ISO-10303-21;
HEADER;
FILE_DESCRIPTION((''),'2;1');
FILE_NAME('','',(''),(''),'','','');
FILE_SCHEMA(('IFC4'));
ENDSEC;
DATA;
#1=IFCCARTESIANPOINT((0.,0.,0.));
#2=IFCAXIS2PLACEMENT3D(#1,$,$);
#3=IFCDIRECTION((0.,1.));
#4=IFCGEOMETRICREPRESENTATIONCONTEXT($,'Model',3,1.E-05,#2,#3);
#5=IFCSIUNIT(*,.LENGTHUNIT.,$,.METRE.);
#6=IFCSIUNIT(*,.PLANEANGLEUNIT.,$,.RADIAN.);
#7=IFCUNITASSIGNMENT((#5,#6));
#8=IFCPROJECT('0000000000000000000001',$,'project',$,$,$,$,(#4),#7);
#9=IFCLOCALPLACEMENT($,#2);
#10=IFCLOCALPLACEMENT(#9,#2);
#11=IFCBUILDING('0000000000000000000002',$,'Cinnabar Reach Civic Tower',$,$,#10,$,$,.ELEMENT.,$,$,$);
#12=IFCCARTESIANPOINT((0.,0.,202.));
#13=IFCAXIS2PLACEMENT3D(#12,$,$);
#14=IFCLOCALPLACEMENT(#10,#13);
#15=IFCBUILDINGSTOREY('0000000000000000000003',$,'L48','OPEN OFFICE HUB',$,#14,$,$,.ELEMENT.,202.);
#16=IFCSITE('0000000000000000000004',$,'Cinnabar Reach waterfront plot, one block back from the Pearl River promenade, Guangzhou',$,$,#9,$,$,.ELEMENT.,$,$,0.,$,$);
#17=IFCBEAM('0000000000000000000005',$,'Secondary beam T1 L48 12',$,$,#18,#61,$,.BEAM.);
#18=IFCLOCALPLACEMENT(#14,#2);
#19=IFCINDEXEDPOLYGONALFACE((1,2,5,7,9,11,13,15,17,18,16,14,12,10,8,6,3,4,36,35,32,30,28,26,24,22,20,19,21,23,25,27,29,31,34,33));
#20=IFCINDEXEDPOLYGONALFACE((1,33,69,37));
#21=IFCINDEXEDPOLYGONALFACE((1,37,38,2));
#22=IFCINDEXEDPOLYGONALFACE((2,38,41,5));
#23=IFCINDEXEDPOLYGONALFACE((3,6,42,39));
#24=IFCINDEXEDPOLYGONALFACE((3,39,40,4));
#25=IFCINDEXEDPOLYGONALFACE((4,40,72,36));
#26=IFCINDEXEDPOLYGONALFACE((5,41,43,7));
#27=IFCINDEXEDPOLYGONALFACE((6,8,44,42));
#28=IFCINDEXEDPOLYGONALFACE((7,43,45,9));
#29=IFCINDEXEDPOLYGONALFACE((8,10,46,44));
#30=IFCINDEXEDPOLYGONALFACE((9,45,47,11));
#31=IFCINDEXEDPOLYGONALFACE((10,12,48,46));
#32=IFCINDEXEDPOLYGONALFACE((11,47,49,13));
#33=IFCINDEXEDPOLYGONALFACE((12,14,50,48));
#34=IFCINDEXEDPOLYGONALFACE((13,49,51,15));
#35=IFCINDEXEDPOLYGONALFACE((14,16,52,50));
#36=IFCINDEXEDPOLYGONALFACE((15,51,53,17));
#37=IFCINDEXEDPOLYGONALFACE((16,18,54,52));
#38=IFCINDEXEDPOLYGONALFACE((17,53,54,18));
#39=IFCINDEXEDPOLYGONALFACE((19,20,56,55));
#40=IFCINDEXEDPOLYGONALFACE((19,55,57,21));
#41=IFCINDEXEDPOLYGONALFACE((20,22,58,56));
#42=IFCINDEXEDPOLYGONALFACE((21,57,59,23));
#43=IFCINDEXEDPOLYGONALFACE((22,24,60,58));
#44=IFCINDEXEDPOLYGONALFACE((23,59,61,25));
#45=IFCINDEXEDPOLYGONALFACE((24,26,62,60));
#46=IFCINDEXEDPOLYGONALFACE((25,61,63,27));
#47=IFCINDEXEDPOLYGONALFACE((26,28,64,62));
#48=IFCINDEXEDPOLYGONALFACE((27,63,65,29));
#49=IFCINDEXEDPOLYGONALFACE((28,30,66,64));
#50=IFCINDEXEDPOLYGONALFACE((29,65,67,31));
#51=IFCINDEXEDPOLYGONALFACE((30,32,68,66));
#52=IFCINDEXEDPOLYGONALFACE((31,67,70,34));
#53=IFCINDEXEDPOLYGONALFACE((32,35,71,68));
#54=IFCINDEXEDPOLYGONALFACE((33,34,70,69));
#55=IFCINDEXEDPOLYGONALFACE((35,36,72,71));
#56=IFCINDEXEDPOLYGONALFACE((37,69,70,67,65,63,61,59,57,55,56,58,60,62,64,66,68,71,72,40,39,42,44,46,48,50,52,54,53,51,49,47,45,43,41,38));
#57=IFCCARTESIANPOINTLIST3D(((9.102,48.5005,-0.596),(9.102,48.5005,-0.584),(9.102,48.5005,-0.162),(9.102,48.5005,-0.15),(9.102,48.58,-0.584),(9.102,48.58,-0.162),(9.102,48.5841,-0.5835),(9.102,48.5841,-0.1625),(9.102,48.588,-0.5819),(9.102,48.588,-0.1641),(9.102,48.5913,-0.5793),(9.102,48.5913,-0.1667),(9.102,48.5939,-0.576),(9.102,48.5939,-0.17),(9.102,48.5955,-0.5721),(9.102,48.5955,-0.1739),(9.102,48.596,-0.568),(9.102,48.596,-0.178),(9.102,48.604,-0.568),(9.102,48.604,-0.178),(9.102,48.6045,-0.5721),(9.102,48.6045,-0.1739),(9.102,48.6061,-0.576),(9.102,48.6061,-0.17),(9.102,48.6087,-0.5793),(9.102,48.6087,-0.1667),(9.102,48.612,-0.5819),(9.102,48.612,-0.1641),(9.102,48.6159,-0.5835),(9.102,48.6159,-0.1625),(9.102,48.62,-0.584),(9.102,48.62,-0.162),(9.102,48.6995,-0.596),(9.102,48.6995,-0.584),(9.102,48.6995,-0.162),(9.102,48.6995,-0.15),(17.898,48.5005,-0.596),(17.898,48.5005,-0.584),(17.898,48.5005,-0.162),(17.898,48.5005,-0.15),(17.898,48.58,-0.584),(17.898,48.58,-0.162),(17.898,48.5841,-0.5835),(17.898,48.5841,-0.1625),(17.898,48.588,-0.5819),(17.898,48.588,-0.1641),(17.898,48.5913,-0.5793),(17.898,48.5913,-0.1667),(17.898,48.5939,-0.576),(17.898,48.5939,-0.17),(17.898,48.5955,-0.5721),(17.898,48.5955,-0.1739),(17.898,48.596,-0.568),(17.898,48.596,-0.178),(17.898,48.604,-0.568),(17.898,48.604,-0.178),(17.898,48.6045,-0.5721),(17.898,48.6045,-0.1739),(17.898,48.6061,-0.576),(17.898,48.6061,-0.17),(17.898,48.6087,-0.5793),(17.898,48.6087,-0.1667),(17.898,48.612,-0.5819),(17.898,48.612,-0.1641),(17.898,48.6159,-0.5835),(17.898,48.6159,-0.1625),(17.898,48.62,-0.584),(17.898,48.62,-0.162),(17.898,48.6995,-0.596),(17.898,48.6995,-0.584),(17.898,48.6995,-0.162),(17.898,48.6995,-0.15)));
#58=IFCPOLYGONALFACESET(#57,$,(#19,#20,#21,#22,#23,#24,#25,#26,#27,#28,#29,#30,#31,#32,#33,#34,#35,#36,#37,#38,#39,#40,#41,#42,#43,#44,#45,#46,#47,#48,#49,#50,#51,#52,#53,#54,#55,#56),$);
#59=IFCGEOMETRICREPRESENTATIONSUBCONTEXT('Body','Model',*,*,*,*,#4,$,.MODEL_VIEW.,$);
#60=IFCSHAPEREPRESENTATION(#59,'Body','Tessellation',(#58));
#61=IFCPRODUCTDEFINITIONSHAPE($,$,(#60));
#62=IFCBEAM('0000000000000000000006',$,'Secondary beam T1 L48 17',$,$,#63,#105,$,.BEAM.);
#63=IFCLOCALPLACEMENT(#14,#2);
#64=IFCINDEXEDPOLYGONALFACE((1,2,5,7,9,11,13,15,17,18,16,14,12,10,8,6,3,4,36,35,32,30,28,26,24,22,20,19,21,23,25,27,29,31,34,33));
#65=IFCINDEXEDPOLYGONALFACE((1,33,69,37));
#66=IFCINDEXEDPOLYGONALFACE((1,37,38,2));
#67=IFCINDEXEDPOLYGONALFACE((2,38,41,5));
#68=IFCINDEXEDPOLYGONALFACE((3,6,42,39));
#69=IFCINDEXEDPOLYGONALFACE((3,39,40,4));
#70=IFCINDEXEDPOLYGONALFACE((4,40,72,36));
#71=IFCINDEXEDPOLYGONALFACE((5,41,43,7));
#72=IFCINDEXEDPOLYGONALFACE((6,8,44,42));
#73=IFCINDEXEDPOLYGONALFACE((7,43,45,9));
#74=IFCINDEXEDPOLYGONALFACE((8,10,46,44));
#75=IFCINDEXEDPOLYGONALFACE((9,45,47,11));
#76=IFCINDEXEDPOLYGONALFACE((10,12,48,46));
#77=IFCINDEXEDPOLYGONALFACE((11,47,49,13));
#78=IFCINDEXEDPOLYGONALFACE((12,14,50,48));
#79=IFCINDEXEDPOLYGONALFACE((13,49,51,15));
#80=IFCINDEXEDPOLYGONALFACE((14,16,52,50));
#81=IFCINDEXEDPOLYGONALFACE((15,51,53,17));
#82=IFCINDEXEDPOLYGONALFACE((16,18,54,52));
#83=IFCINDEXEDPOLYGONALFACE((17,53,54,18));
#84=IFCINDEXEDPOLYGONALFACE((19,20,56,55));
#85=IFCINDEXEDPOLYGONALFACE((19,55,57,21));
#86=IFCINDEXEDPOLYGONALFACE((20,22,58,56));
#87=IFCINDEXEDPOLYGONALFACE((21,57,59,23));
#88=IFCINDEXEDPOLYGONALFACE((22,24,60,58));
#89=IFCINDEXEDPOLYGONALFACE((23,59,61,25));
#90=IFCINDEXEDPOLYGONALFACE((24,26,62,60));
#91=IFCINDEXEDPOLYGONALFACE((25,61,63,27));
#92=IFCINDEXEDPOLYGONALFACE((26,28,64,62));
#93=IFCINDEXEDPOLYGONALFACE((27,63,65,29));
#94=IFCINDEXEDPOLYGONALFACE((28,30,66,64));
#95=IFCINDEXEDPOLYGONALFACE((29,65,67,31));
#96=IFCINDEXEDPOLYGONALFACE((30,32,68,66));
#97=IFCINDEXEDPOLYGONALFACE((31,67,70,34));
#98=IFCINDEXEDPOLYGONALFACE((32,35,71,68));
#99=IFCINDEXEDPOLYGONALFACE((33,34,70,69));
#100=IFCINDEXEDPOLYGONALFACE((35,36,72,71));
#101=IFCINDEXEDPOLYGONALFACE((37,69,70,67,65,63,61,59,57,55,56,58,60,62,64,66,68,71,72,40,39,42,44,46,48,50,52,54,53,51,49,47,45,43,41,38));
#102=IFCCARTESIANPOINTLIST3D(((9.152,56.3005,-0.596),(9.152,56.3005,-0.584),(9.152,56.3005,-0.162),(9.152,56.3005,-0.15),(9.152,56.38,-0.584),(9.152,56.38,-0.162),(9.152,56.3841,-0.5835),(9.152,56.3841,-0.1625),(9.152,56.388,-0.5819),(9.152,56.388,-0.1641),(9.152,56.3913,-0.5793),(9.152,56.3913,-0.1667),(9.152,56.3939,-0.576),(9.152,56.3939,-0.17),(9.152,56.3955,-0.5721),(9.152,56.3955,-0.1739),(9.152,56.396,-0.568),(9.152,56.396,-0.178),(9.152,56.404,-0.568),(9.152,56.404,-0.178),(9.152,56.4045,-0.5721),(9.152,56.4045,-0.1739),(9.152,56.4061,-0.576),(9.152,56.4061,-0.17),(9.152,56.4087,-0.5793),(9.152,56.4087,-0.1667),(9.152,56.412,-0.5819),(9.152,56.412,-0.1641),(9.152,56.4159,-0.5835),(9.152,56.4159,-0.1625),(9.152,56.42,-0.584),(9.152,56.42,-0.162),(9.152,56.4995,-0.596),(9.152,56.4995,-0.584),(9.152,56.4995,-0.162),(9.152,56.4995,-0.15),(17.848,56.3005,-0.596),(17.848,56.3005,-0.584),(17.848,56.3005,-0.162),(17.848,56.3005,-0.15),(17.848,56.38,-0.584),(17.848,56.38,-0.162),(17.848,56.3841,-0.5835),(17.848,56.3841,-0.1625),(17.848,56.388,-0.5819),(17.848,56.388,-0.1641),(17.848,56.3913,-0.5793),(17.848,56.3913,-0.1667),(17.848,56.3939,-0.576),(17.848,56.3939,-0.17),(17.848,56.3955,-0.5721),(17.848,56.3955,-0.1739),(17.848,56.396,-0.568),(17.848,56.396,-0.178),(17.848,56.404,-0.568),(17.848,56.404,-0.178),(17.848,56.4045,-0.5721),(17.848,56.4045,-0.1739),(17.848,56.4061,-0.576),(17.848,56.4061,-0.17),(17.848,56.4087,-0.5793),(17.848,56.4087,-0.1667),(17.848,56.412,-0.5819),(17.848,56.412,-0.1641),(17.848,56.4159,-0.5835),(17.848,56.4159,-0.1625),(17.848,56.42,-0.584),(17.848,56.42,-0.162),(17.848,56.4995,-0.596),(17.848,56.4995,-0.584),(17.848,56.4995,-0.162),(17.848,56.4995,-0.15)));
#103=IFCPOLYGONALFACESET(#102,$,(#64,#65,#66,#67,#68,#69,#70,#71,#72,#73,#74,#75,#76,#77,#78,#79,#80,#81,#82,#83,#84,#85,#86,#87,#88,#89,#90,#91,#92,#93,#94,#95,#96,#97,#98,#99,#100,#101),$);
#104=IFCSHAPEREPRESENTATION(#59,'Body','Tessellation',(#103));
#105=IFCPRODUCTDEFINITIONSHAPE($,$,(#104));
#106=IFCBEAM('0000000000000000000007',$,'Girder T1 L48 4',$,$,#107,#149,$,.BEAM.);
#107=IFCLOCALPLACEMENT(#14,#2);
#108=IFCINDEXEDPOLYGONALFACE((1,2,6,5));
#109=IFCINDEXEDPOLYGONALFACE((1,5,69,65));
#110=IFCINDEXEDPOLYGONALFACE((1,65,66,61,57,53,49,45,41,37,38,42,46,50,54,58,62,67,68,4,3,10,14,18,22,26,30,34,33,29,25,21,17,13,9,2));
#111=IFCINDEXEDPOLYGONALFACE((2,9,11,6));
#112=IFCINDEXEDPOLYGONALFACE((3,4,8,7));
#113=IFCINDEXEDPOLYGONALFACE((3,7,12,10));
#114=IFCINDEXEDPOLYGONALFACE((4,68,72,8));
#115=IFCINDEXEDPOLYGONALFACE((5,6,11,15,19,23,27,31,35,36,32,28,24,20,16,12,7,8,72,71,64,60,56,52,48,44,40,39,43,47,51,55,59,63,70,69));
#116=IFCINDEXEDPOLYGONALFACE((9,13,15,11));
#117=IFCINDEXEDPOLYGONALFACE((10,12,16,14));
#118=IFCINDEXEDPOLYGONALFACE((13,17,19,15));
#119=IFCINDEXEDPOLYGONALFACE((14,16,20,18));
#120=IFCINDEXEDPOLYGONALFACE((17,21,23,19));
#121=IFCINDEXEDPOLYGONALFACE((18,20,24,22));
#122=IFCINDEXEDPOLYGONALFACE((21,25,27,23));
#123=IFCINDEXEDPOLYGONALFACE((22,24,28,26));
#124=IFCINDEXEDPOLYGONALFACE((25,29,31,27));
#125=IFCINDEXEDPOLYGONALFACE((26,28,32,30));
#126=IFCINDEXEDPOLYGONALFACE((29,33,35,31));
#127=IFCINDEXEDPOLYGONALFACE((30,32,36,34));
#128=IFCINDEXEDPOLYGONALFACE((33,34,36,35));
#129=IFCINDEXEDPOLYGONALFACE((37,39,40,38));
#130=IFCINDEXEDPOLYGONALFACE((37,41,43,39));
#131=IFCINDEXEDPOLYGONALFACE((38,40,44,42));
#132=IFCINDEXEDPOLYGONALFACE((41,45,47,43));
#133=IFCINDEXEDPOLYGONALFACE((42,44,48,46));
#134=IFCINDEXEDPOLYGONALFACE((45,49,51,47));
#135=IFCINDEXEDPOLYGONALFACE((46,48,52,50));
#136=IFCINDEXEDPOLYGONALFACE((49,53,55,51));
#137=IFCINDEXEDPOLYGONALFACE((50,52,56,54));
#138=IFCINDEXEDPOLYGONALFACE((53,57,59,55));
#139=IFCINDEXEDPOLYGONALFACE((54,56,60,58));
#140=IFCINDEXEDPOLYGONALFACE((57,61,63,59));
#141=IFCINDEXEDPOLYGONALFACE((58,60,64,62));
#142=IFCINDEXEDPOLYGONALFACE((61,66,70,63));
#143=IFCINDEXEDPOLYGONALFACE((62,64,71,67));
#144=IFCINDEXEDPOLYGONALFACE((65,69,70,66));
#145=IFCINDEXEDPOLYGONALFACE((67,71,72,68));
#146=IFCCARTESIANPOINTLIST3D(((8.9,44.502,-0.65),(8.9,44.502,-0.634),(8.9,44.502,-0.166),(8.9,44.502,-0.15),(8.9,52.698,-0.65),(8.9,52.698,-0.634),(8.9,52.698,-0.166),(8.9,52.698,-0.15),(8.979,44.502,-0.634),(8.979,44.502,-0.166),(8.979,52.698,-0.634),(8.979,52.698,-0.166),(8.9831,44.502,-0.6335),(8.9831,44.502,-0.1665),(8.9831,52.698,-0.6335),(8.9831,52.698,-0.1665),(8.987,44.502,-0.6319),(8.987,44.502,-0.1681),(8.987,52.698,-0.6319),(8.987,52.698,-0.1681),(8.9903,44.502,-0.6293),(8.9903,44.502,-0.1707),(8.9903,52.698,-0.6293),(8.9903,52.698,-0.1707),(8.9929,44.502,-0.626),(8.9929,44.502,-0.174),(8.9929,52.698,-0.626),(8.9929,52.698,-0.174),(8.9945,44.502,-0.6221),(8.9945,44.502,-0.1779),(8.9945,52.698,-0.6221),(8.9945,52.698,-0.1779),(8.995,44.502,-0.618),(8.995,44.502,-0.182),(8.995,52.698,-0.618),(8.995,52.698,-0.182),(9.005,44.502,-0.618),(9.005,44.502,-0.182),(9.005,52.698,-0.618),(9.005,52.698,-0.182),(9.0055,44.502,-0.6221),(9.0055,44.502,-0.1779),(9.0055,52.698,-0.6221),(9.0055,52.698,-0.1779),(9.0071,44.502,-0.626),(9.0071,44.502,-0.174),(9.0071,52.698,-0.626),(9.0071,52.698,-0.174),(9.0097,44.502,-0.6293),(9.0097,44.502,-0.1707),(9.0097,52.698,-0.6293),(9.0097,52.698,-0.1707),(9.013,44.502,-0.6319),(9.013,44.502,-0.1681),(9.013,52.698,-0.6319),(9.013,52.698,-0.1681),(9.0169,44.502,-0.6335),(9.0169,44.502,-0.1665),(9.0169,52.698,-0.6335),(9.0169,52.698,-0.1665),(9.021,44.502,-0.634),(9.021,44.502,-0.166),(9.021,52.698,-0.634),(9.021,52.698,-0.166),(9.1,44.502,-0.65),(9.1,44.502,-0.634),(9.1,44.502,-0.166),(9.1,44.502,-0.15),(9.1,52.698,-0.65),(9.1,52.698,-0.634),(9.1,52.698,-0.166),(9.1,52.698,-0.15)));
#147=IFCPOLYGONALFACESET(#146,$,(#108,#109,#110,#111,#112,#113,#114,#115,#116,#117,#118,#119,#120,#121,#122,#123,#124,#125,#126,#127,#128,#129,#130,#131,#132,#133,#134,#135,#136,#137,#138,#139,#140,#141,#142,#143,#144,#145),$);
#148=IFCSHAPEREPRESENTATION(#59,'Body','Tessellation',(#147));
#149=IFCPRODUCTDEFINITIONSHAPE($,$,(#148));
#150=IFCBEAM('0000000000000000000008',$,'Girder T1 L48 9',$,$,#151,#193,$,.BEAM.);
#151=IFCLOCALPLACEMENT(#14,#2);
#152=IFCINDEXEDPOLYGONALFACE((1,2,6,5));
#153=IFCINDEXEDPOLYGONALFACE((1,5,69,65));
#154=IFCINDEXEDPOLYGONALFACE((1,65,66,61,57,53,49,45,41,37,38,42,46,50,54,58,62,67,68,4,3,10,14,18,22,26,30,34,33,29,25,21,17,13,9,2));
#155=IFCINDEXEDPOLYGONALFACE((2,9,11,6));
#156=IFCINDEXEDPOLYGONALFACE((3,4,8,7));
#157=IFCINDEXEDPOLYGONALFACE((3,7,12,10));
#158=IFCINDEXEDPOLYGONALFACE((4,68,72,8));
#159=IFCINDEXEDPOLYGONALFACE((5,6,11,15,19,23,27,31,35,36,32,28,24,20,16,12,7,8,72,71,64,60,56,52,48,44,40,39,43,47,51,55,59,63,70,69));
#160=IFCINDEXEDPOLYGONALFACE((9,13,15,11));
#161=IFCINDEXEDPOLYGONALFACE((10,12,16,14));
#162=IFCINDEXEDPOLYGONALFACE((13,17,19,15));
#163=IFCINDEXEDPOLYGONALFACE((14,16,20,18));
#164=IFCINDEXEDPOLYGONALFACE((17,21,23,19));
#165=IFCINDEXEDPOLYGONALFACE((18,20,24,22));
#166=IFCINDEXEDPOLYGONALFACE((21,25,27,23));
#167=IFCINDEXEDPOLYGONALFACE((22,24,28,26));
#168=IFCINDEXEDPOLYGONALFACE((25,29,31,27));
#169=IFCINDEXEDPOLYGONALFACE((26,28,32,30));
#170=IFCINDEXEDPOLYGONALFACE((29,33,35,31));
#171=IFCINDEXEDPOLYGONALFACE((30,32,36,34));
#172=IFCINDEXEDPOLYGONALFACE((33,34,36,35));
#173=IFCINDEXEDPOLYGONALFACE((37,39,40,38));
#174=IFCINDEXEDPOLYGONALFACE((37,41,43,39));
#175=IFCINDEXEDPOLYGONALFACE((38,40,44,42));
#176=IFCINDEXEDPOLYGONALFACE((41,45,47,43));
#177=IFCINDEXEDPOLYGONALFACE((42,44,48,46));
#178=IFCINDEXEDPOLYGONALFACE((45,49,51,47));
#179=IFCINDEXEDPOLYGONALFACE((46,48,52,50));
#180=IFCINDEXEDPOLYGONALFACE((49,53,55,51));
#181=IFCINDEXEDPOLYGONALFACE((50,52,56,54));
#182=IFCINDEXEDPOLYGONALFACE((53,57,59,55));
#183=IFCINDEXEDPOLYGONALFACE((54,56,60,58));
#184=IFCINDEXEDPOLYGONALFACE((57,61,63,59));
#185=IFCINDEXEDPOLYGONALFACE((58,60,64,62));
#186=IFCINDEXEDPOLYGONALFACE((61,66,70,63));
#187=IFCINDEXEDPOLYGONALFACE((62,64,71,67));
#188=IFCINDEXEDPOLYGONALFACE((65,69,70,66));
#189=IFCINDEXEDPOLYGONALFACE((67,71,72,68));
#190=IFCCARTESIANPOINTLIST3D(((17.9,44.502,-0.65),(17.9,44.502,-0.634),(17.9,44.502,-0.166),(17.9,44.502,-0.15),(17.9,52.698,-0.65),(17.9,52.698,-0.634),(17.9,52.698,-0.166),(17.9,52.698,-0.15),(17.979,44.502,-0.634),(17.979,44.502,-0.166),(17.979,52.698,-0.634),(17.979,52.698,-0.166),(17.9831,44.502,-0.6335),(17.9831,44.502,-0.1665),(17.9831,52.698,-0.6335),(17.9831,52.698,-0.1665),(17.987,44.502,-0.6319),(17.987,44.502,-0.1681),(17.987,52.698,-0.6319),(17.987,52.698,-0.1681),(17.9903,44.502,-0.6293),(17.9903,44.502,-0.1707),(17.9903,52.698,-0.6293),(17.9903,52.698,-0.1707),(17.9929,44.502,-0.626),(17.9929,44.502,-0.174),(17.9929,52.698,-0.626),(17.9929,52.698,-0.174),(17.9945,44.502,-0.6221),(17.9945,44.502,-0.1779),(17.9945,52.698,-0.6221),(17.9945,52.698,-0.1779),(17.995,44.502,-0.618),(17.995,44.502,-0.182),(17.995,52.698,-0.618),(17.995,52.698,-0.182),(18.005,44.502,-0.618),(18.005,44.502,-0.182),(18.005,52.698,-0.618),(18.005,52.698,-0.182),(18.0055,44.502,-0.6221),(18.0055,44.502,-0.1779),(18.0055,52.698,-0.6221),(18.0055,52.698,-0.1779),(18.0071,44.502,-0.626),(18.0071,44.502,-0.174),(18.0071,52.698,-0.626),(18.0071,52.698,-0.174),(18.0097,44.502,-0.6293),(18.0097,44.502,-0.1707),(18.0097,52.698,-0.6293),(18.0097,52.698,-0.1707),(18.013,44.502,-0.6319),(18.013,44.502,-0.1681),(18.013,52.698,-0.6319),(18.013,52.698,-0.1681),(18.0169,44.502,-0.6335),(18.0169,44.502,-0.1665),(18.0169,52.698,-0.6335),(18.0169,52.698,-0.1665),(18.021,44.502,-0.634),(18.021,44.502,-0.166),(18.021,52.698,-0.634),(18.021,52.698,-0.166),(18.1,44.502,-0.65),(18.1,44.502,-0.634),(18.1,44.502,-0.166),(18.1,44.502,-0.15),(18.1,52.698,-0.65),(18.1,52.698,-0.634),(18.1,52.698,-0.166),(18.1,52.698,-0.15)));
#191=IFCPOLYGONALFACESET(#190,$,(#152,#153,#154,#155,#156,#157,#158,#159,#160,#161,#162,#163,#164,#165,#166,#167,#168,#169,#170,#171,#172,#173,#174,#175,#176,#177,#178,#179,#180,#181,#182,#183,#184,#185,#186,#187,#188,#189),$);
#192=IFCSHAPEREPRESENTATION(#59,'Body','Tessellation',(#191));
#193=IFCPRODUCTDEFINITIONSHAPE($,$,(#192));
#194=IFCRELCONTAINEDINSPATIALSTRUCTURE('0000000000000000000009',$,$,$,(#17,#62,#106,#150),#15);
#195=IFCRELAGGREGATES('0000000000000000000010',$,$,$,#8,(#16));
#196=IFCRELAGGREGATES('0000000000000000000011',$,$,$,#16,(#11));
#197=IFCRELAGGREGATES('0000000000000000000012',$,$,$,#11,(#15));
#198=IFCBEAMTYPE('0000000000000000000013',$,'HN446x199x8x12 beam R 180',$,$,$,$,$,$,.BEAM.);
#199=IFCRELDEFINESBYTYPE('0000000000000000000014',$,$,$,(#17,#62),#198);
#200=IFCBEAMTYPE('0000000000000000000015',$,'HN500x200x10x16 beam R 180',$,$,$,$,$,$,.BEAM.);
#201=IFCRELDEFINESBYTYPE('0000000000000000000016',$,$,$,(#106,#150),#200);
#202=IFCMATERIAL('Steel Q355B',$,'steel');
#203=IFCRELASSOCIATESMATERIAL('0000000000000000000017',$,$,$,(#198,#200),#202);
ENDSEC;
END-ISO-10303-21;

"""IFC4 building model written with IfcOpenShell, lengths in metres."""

from ifc_helpers import new_model, si_unit, direction, frame, origin, origin_2d, place, context, subcontext, project, spatial, i_section, extrude, material, material_profile, profile_set, type_object, element, save


model = new_model("IFC4")

# Units and contexts
model_context = context("Model", 3, precision=1e-05, world=origin(), true_north=direction((0.0, 1.0)))
body_context = subcontext(model_context, "Body", "Model", "MODEL_VIEW")
ifc_project = project(units=[si_unit("LENGTHUNIT", "METRE"), si_unit("PLANEANGLEUNIT", "RADIAN")], contexts=[model_context])

# Site, building, storey
site_placement = place(None, origin())
site = spatial("IfcSite", under=ifc_project, at=site_placement, Name="Cinnabar Reach waterfront plot, one block back from the Pearl River promenade, Guangzhou", CompositionType="ELEMENT", RefElevation=0.0)
building_placement = place(site_placement, origin())
building = spatial("IfcBuilding", under=site, at=building_placement, Name="Cinnabar Reach Civic Tower", CompositionType="ELEMENT")
storey_placement = place(building_placement, frame((0.0, 0.0, 202.0)))
storey = spatial("IfcBuildingStorey", under=building, at=storey_placement, Name="L48", Description="OPEN OFFICE HUB", CompositionType="ELEMENT", Elevation=202.0)

# Beams
ifc_material_1 = material(Name="Steel Q355B", Category="steel")
ifc_material_profile_1 = material_profile(ifc_material_1, i_section(OverallWidth=0.199, OverallDepth=0.446, WebThickness=0.008, FlangeThickness=0.012, FilletRadius=0.016, at=origin_2d()), Name="HN446x199x8x12")
ifc_profile_set_1 = profile_set([ifc_material_profile_1], Name="Steel Q355B")
beam_type_1 = type_object("IfcBeamType", Name="HN446x199x8x12 beam R 180", PredefinedType="BEAM", material=ifc_profile_set_1)
beam_1_placement = place(storey_placement, frame((9.102, 48.6, -0.373), z_axis=(1.0, 0.0, 0.0), x_axis=(0.0, 1.0, 0.0)))
element("IfcBeam", 1, at=beam_1_placement, inside=storey, type_object=beam_type_1, Name="Secondary beam T1 L48 12", PredefinedType="BEAM", context=body_context, shape_type="SweptSolid", body=[
    extrude(i_section(OverallWidth=0.199, OverallDepth=0.446, WebThickness=0.008, FlangeThickness=0.012, FilletRadius=0.016, at=origin_2d()), origin(), (0.0, 0.0, 1.0), 8.796),
])
beam_2_placement = place(storey_placement, frame((9.152, 56.4, -0.373), z_axis=(1.0, 0.0, 0.0), x_axis=(0.0, 1.0, 0.0)))
element("IfcBeam", 2, at=beam_2_placement, inside=storey, type_object=beam_type_1, Name="Secondary beam T1 L48 17", PredefinedType="BEAM", context=body_context, shape_type="SweptSolid", body=[
    extrude(i_section(OverallWidth=0.199, OverallDepth=0.446, WebThickness=0.008, FlangeThickness=0.012, FilletRadius=0.016, at=origin_2d()), origin(), (0.0, 0.0, 1.0), 8.696),
])
ifc_material_profile_2 = material_profile(ifc_material_1, i_section(OverallWidth=0.2, OverallDepth=0.5, WebThickness=0.01, FlangeThickness=0.016, FilletRadius=0.016, at=origin_2d()), Name="HN500x200x10x16")
ifc_profile_set_2 = profile_set([ifc_material_profile_2], Name="Steel Q355B")
beam_type_2 = type_object("IfcBeamType", Name="HN500x200x10x16 beam R 180", PredefinedType="BEAM", material=ifc_profile_set_2)
for number, where, z_axis, x_axis, name in (
    (3, (9.0, 44.502, -0.4), (0.0, 1.0, 0.0), (-1.0, 0.0, 0.0), "Girder T1 L48 4"),
    (4, (18.0, 44.502, -0.4), (0.0, 1.0, 0.0), (-1.0, 0.0, 0.0), "Girder T1 L48 9"),
):
    element("IfcBeam", number, at=place(storey_placement, frame(where, z_axis=z_axis, x_axis=x_axis)), inside=storey, type_object=beam_type_2, Name=name, PredefinedType="BEAM", context=body_context, shape_type="SweptSolid", body=[
        extrude(i_section(OverallWidth=0.2, OverallDepth=0.5, WebThickness=0.01, FlangeThickness=0.016, FilletRadius=0.016, at=origin_2d()), origin(), (0.0, 0.0, 1.0), 8.196),
    ])

save(model, "model.ifc")
